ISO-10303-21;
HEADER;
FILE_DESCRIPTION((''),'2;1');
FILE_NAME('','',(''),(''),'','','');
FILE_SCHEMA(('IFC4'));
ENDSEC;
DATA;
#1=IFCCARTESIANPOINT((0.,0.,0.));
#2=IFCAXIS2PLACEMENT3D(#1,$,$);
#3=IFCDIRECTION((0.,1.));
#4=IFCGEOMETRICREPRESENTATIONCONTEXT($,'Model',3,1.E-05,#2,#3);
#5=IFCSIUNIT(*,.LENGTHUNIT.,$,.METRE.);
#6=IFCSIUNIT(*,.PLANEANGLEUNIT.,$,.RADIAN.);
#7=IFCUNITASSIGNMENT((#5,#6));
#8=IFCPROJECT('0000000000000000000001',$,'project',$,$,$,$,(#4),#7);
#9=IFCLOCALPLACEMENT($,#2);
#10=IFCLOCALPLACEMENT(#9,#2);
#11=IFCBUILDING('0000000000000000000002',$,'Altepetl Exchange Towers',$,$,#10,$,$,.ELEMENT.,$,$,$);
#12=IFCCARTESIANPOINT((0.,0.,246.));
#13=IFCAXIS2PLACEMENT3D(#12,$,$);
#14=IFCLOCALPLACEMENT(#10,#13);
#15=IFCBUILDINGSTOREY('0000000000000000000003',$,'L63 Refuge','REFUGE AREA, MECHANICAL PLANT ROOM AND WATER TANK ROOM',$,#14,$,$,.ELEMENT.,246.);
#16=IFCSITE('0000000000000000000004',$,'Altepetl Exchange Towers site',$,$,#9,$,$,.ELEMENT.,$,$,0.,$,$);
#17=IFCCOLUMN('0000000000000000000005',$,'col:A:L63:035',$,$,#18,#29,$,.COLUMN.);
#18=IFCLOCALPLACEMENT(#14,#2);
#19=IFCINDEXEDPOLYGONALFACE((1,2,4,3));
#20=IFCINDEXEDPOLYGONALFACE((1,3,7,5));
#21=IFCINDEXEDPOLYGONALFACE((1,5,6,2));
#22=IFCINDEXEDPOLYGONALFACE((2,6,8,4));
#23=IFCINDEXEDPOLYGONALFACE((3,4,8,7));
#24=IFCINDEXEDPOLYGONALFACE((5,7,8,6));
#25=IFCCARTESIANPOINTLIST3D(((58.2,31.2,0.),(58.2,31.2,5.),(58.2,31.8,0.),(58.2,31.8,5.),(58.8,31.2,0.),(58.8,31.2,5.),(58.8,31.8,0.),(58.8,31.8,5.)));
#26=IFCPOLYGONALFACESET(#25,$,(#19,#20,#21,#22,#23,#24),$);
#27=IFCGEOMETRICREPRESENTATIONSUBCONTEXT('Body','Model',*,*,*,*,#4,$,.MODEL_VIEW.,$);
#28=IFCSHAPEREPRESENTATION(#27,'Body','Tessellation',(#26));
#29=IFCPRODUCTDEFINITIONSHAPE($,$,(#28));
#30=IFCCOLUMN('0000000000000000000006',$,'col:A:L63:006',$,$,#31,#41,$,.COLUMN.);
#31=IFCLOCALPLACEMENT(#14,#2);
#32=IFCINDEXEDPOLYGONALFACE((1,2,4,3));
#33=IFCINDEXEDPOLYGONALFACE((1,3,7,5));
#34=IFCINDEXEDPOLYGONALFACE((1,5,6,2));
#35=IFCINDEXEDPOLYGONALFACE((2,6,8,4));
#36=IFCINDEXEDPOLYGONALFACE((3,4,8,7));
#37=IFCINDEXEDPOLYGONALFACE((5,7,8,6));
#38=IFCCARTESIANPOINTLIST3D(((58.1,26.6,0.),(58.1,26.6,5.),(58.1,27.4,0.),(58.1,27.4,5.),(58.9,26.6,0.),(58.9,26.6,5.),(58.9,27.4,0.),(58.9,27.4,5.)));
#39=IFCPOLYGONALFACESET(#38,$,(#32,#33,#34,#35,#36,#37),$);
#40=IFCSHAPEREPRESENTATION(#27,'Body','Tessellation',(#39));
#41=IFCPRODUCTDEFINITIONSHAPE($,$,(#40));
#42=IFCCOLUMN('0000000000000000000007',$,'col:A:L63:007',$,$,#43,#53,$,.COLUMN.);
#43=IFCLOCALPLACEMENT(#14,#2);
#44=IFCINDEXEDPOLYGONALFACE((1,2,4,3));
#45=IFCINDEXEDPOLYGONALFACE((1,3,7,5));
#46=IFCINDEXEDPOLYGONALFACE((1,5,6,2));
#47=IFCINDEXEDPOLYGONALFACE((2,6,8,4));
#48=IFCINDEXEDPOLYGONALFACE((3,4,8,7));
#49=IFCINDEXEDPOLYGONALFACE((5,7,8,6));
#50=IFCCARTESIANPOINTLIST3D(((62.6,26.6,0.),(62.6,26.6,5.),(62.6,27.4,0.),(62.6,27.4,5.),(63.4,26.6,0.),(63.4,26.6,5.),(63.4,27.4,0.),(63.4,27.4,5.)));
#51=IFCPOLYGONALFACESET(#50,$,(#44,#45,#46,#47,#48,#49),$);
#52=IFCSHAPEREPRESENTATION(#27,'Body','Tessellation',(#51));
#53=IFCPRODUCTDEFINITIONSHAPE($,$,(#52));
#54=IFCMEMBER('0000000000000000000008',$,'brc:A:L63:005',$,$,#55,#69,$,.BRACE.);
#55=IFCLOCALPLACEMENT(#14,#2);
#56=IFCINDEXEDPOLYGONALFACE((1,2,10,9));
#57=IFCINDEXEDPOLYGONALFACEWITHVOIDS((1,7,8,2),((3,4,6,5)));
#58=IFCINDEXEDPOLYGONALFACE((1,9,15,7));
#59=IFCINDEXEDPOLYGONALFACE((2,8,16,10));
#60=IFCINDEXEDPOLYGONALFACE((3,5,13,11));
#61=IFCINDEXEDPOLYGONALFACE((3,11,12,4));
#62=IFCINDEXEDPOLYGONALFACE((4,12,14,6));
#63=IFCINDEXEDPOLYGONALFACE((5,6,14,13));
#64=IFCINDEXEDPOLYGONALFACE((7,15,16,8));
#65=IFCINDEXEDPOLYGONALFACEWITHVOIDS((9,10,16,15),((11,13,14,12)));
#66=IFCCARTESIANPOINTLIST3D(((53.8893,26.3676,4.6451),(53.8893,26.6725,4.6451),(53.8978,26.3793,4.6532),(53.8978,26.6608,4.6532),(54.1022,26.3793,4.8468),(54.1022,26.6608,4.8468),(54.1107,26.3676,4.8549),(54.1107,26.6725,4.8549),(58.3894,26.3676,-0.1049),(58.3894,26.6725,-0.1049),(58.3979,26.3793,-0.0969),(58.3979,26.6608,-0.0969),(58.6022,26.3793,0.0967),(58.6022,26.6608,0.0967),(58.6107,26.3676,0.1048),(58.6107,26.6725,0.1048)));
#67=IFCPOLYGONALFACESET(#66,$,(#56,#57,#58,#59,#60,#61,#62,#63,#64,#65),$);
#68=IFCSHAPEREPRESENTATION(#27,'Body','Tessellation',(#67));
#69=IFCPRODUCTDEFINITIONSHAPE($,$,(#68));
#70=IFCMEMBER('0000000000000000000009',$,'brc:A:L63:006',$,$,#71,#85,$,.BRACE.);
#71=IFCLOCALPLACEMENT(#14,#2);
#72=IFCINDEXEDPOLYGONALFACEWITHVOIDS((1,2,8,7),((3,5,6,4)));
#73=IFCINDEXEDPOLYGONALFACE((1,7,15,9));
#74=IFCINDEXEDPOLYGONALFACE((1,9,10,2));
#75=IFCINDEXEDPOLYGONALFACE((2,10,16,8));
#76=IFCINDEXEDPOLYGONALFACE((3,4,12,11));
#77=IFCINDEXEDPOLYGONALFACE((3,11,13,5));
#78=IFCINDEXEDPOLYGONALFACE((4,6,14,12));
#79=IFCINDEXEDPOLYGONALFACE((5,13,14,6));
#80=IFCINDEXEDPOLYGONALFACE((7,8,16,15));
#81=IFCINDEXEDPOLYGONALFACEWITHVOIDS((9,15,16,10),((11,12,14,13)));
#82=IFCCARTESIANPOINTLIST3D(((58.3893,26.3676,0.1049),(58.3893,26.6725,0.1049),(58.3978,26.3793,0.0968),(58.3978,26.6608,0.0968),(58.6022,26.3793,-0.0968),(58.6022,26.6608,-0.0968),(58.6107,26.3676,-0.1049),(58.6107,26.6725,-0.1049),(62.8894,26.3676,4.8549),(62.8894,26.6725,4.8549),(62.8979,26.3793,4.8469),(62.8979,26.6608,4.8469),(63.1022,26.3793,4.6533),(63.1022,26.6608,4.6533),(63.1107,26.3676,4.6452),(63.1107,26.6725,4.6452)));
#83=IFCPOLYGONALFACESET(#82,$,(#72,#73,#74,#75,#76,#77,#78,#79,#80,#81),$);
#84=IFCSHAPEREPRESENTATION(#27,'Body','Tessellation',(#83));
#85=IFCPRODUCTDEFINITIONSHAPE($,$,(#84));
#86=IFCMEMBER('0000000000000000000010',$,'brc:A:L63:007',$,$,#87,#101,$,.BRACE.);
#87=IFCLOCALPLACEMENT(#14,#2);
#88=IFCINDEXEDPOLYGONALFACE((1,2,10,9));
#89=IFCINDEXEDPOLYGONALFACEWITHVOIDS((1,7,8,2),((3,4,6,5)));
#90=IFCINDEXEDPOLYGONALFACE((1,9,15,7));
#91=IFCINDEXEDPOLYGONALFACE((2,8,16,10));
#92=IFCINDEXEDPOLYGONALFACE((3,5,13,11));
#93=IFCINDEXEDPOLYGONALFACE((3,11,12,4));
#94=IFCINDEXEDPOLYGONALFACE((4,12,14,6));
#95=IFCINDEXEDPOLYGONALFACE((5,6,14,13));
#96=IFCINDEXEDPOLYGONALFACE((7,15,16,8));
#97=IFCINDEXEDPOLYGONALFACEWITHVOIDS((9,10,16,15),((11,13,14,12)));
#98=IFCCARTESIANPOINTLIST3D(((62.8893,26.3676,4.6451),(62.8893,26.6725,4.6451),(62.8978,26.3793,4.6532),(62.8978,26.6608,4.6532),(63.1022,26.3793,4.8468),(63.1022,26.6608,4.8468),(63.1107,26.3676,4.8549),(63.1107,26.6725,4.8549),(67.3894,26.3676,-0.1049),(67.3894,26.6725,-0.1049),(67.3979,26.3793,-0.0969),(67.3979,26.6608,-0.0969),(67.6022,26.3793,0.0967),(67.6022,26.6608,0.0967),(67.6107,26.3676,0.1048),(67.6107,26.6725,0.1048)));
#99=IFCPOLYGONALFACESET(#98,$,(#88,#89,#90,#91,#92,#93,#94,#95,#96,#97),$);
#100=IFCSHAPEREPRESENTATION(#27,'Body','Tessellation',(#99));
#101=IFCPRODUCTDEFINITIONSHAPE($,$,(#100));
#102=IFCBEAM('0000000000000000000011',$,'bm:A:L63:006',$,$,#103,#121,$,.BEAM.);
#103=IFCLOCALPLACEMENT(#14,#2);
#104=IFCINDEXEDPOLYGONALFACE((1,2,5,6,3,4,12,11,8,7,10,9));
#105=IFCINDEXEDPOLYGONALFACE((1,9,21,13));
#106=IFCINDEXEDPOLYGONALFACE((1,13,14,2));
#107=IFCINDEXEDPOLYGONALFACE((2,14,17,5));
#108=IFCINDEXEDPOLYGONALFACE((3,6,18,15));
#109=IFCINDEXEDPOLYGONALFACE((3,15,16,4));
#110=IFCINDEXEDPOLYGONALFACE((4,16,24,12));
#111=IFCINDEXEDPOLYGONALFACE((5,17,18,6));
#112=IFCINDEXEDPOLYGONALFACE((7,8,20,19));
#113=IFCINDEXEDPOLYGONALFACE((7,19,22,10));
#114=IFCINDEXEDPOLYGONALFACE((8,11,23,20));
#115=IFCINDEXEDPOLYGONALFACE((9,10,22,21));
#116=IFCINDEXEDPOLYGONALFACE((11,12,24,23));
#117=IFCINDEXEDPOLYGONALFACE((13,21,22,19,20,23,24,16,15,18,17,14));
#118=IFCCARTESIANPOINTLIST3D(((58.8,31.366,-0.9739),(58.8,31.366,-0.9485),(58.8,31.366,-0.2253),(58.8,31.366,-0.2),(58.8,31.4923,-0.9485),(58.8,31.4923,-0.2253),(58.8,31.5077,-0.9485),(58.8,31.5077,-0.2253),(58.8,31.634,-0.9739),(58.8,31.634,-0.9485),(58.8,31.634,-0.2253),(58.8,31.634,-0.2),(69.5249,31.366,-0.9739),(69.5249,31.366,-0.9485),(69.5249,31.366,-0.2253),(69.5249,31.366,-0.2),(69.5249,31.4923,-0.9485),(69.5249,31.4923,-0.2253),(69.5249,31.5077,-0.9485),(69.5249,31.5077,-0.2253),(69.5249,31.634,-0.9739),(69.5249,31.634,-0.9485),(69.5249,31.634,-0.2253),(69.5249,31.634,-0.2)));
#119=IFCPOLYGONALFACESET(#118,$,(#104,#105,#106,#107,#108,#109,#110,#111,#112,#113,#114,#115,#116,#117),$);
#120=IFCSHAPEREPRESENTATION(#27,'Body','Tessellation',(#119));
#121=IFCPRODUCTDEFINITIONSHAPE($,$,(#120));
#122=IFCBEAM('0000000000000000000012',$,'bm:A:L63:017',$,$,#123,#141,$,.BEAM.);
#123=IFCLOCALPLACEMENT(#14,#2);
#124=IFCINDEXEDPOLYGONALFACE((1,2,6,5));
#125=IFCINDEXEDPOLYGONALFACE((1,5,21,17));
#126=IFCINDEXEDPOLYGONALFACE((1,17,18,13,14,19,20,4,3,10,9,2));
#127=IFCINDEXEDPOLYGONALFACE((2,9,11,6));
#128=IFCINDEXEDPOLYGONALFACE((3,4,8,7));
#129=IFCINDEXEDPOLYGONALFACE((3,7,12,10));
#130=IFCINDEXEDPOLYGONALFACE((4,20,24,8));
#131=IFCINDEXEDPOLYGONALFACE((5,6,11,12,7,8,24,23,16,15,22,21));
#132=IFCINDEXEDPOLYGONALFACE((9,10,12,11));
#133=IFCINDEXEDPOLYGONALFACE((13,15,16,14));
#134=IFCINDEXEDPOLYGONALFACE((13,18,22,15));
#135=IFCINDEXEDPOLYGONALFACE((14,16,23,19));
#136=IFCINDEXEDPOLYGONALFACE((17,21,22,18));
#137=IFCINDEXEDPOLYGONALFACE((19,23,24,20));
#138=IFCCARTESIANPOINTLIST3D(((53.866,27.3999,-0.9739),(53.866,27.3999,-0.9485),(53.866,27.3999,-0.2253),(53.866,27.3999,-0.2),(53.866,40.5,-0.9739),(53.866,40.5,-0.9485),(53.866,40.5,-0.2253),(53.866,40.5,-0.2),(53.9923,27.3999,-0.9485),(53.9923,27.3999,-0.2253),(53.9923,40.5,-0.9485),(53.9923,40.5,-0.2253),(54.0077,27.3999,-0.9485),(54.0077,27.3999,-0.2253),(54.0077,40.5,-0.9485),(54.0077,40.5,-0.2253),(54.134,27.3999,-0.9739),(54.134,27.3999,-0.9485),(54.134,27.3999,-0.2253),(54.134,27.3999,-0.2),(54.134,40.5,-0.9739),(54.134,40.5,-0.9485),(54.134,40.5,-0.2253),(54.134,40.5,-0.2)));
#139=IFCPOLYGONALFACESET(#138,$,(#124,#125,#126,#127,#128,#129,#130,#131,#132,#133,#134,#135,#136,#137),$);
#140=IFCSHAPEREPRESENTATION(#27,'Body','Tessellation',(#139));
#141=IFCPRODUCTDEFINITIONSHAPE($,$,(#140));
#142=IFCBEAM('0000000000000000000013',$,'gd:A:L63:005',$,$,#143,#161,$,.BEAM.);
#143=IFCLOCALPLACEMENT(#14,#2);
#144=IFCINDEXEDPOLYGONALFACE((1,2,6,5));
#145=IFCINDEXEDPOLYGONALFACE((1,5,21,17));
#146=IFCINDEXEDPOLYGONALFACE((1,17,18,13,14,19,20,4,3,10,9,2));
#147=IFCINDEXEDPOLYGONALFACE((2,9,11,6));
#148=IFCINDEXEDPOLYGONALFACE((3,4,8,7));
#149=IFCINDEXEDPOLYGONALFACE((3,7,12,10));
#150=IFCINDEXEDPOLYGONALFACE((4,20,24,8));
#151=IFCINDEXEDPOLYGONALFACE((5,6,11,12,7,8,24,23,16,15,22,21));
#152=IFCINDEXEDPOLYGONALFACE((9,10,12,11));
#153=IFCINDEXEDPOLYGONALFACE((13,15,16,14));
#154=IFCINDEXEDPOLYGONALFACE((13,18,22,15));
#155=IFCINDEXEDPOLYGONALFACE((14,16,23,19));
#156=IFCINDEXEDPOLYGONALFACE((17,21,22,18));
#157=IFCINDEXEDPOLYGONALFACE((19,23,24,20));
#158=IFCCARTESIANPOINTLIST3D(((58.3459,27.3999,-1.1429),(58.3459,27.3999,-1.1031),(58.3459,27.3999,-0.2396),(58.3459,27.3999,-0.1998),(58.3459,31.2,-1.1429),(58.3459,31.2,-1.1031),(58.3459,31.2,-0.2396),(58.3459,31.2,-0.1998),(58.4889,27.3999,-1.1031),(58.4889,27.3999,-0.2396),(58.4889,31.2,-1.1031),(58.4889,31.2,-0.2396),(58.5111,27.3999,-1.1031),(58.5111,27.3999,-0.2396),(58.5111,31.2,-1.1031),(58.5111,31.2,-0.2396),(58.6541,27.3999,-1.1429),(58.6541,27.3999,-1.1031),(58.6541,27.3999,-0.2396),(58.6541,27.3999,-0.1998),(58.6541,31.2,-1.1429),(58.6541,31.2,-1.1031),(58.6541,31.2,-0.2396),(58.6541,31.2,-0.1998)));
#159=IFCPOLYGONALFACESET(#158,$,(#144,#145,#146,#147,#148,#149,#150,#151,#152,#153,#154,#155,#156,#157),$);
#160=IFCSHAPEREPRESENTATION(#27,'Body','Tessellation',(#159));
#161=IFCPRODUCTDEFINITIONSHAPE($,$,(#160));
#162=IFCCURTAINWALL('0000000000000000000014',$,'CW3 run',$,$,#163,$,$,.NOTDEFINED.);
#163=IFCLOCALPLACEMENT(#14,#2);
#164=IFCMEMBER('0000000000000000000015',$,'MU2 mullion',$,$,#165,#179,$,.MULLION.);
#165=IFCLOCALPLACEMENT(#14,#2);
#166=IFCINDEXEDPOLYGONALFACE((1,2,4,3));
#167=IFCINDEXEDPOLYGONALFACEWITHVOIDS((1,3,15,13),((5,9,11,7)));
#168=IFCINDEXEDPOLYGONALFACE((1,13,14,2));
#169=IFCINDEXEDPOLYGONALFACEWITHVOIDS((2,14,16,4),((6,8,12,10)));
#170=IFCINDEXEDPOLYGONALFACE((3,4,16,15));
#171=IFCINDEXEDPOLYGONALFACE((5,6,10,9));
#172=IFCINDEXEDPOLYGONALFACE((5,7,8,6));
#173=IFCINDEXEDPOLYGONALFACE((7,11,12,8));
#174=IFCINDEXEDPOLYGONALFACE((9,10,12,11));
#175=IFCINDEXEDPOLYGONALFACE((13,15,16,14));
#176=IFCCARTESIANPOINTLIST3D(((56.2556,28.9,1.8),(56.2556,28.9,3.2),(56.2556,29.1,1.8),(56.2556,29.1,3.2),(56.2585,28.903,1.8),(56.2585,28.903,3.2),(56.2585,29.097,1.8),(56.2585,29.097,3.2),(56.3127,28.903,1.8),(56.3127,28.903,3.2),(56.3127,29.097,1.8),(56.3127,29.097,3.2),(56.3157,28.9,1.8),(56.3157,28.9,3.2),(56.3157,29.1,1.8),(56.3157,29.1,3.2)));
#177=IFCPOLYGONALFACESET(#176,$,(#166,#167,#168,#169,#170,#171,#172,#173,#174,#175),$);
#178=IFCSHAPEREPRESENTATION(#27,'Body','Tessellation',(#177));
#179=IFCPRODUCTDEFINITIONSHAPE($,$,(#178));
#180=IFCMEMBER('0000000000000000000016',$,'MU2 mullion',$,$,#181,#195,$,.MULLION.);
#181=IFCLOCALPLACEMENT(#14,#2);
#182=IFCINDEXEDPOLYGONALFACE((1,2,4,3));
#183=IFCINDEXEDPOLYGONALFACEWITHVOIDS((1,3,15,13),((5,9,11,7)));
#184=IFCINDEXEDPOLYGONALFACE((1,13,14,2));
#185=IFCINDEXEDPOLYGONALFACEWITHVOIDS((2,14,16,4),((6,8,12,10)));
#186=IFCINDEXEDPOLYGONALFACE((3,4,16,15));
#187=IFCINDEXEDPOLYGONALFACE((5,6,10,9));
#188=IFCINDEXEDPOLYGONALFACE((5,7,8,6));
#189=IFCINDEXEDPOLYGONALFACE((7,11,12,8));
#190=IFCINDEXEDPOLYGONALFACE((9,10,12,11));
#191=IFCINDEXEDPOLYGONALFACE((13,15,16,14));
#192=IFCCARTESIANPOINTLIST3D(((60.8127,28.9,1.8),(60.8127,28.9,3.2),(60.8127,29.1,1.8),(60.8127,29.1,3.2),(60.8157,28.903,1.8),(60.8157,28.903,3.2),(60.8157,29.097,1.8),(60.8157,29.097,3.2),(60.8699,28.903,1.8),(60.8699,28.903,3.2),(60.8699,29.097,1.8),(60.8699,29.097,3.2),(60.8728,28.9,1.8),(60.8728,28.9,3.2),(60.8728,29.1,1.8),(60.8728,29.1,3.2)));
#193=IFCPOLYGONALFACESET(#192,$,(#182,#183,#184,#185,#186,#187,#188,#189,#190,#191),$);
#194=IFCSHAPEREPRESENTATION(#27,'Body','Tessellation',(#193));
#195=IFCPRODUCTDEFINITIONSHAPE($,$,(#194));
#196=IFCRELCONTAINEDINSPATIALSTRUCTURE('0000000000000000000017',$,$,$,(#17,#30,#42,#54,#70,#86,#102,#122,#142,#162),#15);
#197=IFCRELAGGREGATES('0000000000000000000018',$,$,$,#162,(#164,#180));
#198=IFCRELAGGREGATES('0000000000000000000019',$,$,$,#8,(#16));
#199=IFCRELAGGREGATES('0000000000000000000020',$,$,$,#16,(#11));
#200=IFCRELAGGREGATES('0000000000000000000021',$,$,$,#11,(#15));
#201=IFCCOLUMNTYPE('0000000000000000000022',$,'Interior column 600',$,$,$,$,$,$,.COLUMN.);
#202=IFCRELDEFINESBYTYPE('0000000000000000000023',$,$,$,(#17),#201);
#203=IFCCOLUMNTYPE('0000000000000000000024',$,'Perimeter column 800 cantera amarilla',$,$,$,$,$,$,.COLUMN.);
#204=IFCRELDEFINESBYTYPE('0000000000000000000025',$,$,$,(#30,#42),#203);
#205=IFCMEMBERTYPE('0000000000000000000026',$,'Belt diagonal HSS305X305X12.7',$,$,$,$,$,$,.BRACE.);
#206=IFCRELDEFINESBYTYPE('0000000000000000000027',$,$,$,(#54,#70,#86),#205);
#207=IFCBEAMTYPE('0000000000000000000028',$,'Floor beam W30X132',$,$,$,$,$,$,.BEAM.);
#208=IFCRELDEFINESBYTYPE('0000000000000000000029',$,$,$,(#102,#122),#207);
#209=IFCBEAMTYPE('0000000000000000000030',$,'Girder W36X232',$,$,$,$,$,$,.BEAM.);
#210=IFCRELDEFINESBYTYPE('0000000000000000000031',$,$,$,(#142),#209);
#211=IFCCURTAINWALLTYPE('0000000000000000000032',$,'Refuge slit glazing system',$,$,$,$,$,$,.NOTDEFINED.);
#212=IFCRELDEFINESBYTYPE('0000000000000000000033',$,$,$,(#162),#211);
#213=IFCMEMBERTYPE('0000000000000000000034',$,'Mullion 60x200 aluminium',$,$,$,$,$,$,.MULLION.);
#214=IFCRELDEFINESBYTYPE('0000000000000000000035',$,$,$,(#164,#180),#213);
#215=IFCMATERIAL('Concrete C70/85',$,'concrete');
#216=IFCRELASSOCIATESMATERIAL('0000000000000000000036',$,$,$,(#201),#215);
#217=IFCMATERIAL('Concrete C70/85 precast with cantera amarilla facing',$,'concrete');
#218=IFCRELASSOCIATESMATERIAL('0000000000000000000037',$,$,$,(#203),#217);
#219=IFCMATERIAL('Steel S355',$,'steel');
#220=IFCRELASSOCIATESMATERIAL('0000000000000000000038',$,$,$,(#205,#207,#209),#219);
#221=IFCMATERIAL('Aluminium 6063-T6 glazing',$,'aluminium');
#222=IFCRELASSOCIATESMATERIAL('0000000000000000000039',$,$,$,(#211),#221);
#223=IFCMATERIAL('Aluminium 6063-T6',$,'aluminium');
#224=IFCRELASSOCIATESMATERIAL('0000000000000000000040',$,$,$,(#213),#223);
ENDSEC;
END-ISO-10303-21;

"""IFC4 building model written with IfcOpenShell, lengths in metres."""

from ifc_helpers import new_model, si_unit, direction, frame, origin, origin_2d, place, context, subcontext, project, spatial, rectangle, hollow_rectangle, i_section, extrude, material, material_profile, profile_set, type_object, element, aggregate, save


model = new_model("IFC4")

# Units and contexts
model_context = context("Model", 3, precision=1e-05, world=origin(), true_north=direction((0.0, 1.0)))
body_context = subcontext(model_context, "Body", "Model", "MODEL_VIEW")
ifc_project = project(units=[si_unit("LENGTHUNIT", "METRE"), si_unit("PLANEANGLEUNIT", "RADIAN")], contexts=[model_context])

# Site, building, storey
site_placement = place(None, origin())
site = spatial("IfcSite", under=ifc_project, at=site_placement, Name="Altepetl Exchange Towers site", CompositionType="ELEMENT", RefElevation=0.0)
building_placement = place(site_placement, origin())
building = spatial("IfcBuilding", under=site, at=building_placement, Name="Altepetl Exchange Towers", CompositionType="ELEMENT")
storey_placement = place(building_placement, frame((0.0, 0.0, 246.0)))
storey = spatial("IfcBuildingStorey", under=building, at=storey_placement, Name="L63 Refuge", Description="REFUGE AREA, MECHANICAL PLANT ROOM AND WATER TANK ROOM", CompositionType="ELEMENT", Elevation=246.0)

# Columns
ifc_material_1 = material(Name="Concrete C70/85", Category="concrete")
ifc_material_profile_1 = material_profile(ifc_material_1, rectangle(XDim=0.6001, YDim=0.6001, at=origin_2d()), Name="600 x 600")
ifc_profile_set_1 = profile_set([ifc_material_profile_1], Name="Concrete C70/85")
column_type_1 = type_object("IfcColumnType", Name="Interior column 600", PredefinedType="COLUMN", material=ifc_profile_set_1)
column_placement = place(storey_placement, frame((58.5, 31.5, 0.0)))
element("IfcColumn", 1, at=column_placement, inside=storey, type_object=column_type_1, Name="col:A:L63:035", PredefinedType="COLUMN", context=body_context, shape_type="SweptSolid", body=[
    extrude(rectangle(XDim=0.6001, YDim=0.6001, at=origin_2d()), origin(), (0.0, 0.0, 1.0), 5.0),
])
ifc_material_2 = material(Name="Concrete C70/85 precast with cantera amarilla facing", Category="concrete")
ifc_material_profile_2 = material_profile(ifc_material_2, rectangle(XDim=0.8, YDim=0.8, at=origin_2d()), Name="800 x 800")
ifc_profile_set_2 = profile_set([ifc_material_profile_2], Name="Concrete C70/85 precast with cantera amarilla facing")
column_type_2 = type_object("IfcColumnType", Name="Perimeter column 800 cantera amarilla", PredefinedType="COLUMN", material=ifc_profile_set_2)
for number, where, name in (
    (2, (58.5, 27.0, 0.0), "col:A:L63:006"),
    (3, (63.0, 27.0, 0.0), "col:A:L63:007"),
):
    element("IfcColumn", number, at=place(storey_placement, frame(where)), inside=storey, type_object=column_type_2, Name=name, PredefinedType="COLUMN", context=body_context, shape_type="SweptSolid", body=[
        extrude(rectangle(XDim=0.8, YDim=0.8, at=origin_2d()), origin(), (0.0, 0.0, 1.0), 5.0),
    ])

# Members
ifc_material_3 = material(Name="Steel S355", Category="steel")
ifc_material_profile_3 = material_profile(ifc_material_3, hollow_rectangle(XDim=0.3049, YDim=0.3049, WallThickness=0.0117, at=origin_2d()), Name="HSS305X305X12.7")
ifc_profile_set_3 = profile_set([ifc_material_profile_3], Name="Steel S355")
member_type_1 = type_object("IfcMemberType", Name="Belt diagonal HSS305X305X12.7", PredefinedType="BRACE", material=ifc_profile_set_3)
for number, where, z_axis, x_axis, name in (
    (4, (54.0, 26.52, 4.75), (0.687745, 0.0, -0.725953), (0.0, 1.0, 0.0), "brc:A:L63:005"),
    (5, (58.5, 26.52, 0.0), (0.687745, 0.0, 0.725953), (0.0, 1.0, 0.0), "brc:A:L63:006"),
    (6, (63.0, 26.52, 4.75), (0.687745, 0.0, -0.725953), (0.0, 1.0, 0.0), "brc:A:L63:007"),
):
    element("IfcMember", number, at=place(storey_placement, frame(where, z_axis=z_axis, x_axis=x_axis)), inside=storey, type_object=member_type_1, Name=name, PredefinedType="BRACE", context=body_context, shape_type="SweptSolid", body=[
        extrude(hollow_rectangle(XDim=0.3049, YDim=0.3049, WallThickness=0.0117, at=origin_2d()), origin(), (0.0, 0.0, 1.0), 6.5432),
    ])

# Beams
ifc_material_profile_4 = material_profile(ifc_material_3, i_section(OverallWidth=0.2681, OverallDepth=0.7739, WebThickness=0.0154, FlangeThickness=0.0254, at=origin_2d()), Name="W30X132")
ifc_profile_set_4 = profile_set([ifc_material_profile_4], Name="Steel S355")
beam_type_1 = type_object("IfcBeamType", Name="Floor beam W30X132", PredefinedType="BEAM", material=ifc_profile_set_4)
beam_1_placement = place(storey_placement, frame((58.8, 31.5, -0.5869), z_axis=(1.0, 0.0, 0.0), x_axis=(0.0, 1.0, 0.0)))
element("IfcBeam", 7, at=beam_1_placement, inside=storey, type_object=beam_type_1, Name="bm:A:L63:006", PredefinedType="BEAM", context=body_context, shape_type="SweptSolid", body=[
    extrude(i_section(OverallWidth=0.2681, OverallDepth=0.7739, WebThickness=0.0154, FlangeThickness=0.0254, at=origin_2d()), origin(), (0.0, 0.0, 1.0), 10.7249),
])
beam_2_placement = place(storey_placement, frame((54.0, 27.3999, -0.5869), z_axis=(0.0, 1.0, 0.0), x_axis=(-1.0, 0.0, 0.0)))
element("IfcBeam", 8, at=beam_2_placement, inside=storey, type_object=beam_type_1, Name="bm:A:L63:017", PredefinedType="BEAM", context=body_context, shape_type="SweptSolid", body=[
    extrude(i_section(OverallWidth=0.2681, OverallDepth=0.7739, WebThickness=0.0154, FlangeThickness=0.0254, at=origin_2d()), origin(), (0.0, 0.0, 1.0), 13.1001),
])
ifc_material_profile_5 = material_profile(ifc_material_3, i_section(OverallWidth=0.3081, OverallDepth=0.9431, WebThickness=0.0222, FlangeThickness=0.0398, at=origin_2d()), Name="W36X232")
ifc_profile_set_5 = profile_set([ifc_material_profile_5], Name="Steel S355")
beam_type_2 = type_object("IfcBeamType", Name="Girder W36X232", PredefinedType="BEAM", material=ifc_profile_set_5)
beam_3_placement = place(storey_placement, frame((58.5, 31.2, -0.6714), z_axis=(0.0, -1.0, 0.0), x_axis=(1.0, 0.0, 0.0)))
element("IfcBeam", 9, at=beam_3_placement, inside=storey, type_object=beam_type_2, Name="gd:A:L63:005", PredefinedType="BEAM", context=body_context, shape_type="SweptSolid", body=[
    extrude(i_section(OverallWidth=0.3081, OverallDepth=0.9431, WebThickness=0.0222, FlangeThickness=0.0398, at=origin_2d()), origin(), (0.0, 0.0, 1.0), 3.8),
])

# Curtain wall, members
ifc_material_4 = material(Name="Aluminium 6063-T6 glazing", Category="aluminium")
curtain_wall_type = type_object("IfcCurtainWallType", Name="Refuge slit glazing system", PredefinedType="NOTDEFINED", material=ifc_material_4)
curtain_wall_1_placement = place(storey_placement, origin())
curtain_wall_1 = element("IfcCurtainWall", 10, at=curtain_wall_1_placement, inside=storey, type_object=curtain_wall_type, Name="CW3 run", PredefinedType="NOTDEFINED")
ifc_material_5 = material(Name="Aluminium 6063-T6", Category="aluminium")
ifc_material_profile_6 = material_profile(ifc_material_5, hollow_rectangle(XDim=0.0601, YDim=0.2, WallThickness=0.0029, at=origin_2d()), Name="Mullion 60x200 aluminium")
ifc_profile_set_6 = profile_set([ifc_material_profile_6], Name="Aluminium 6063-T6")
member_type_2 = type_object("IfcMemberType", Name="Mullion 60x200 aluminium", PredefinedType="MULLION", material=ifc_profile_set_6)
member_1_placement = place(storey_placement, frame((56.2856, 29.0, 1.8)))
member_1 = element("IfcMember", 11, at=member_1_placement, type_object=member_type_2, Name="MU2 mullion", PredefinedType="MULLION", context=body_context, shape_type="SweptSolid", body=[
    extrude(hollow_rectangle(XDim=0.0601, YDim=0.2, WallThickness=0.0029, at=origin_2d()), origin(), (0.0, 0.0, 1.0), 1.3999),
])
member_2_placement = place(storey_placement, frame((60.8428, 29.0, 1.8)))
member_2 = element("IfcMember", 12, at=member_2_placement, type_object=member_type_2, Name="MU2 mullion", PredefinedType="MULLION", context=body_context, shape_type="SweptSolid", body=[
    extrude(hollow_rectangle(XDim=0.0601, YDim=0.2, WallThickness=0.0029, at=origin_2d()), origin(), (0.0, 0.0, 1.0), 1.3999),
])

aggregate(curtain_wall_1, [member_1, member_2])

save(model, "model.ifc")
